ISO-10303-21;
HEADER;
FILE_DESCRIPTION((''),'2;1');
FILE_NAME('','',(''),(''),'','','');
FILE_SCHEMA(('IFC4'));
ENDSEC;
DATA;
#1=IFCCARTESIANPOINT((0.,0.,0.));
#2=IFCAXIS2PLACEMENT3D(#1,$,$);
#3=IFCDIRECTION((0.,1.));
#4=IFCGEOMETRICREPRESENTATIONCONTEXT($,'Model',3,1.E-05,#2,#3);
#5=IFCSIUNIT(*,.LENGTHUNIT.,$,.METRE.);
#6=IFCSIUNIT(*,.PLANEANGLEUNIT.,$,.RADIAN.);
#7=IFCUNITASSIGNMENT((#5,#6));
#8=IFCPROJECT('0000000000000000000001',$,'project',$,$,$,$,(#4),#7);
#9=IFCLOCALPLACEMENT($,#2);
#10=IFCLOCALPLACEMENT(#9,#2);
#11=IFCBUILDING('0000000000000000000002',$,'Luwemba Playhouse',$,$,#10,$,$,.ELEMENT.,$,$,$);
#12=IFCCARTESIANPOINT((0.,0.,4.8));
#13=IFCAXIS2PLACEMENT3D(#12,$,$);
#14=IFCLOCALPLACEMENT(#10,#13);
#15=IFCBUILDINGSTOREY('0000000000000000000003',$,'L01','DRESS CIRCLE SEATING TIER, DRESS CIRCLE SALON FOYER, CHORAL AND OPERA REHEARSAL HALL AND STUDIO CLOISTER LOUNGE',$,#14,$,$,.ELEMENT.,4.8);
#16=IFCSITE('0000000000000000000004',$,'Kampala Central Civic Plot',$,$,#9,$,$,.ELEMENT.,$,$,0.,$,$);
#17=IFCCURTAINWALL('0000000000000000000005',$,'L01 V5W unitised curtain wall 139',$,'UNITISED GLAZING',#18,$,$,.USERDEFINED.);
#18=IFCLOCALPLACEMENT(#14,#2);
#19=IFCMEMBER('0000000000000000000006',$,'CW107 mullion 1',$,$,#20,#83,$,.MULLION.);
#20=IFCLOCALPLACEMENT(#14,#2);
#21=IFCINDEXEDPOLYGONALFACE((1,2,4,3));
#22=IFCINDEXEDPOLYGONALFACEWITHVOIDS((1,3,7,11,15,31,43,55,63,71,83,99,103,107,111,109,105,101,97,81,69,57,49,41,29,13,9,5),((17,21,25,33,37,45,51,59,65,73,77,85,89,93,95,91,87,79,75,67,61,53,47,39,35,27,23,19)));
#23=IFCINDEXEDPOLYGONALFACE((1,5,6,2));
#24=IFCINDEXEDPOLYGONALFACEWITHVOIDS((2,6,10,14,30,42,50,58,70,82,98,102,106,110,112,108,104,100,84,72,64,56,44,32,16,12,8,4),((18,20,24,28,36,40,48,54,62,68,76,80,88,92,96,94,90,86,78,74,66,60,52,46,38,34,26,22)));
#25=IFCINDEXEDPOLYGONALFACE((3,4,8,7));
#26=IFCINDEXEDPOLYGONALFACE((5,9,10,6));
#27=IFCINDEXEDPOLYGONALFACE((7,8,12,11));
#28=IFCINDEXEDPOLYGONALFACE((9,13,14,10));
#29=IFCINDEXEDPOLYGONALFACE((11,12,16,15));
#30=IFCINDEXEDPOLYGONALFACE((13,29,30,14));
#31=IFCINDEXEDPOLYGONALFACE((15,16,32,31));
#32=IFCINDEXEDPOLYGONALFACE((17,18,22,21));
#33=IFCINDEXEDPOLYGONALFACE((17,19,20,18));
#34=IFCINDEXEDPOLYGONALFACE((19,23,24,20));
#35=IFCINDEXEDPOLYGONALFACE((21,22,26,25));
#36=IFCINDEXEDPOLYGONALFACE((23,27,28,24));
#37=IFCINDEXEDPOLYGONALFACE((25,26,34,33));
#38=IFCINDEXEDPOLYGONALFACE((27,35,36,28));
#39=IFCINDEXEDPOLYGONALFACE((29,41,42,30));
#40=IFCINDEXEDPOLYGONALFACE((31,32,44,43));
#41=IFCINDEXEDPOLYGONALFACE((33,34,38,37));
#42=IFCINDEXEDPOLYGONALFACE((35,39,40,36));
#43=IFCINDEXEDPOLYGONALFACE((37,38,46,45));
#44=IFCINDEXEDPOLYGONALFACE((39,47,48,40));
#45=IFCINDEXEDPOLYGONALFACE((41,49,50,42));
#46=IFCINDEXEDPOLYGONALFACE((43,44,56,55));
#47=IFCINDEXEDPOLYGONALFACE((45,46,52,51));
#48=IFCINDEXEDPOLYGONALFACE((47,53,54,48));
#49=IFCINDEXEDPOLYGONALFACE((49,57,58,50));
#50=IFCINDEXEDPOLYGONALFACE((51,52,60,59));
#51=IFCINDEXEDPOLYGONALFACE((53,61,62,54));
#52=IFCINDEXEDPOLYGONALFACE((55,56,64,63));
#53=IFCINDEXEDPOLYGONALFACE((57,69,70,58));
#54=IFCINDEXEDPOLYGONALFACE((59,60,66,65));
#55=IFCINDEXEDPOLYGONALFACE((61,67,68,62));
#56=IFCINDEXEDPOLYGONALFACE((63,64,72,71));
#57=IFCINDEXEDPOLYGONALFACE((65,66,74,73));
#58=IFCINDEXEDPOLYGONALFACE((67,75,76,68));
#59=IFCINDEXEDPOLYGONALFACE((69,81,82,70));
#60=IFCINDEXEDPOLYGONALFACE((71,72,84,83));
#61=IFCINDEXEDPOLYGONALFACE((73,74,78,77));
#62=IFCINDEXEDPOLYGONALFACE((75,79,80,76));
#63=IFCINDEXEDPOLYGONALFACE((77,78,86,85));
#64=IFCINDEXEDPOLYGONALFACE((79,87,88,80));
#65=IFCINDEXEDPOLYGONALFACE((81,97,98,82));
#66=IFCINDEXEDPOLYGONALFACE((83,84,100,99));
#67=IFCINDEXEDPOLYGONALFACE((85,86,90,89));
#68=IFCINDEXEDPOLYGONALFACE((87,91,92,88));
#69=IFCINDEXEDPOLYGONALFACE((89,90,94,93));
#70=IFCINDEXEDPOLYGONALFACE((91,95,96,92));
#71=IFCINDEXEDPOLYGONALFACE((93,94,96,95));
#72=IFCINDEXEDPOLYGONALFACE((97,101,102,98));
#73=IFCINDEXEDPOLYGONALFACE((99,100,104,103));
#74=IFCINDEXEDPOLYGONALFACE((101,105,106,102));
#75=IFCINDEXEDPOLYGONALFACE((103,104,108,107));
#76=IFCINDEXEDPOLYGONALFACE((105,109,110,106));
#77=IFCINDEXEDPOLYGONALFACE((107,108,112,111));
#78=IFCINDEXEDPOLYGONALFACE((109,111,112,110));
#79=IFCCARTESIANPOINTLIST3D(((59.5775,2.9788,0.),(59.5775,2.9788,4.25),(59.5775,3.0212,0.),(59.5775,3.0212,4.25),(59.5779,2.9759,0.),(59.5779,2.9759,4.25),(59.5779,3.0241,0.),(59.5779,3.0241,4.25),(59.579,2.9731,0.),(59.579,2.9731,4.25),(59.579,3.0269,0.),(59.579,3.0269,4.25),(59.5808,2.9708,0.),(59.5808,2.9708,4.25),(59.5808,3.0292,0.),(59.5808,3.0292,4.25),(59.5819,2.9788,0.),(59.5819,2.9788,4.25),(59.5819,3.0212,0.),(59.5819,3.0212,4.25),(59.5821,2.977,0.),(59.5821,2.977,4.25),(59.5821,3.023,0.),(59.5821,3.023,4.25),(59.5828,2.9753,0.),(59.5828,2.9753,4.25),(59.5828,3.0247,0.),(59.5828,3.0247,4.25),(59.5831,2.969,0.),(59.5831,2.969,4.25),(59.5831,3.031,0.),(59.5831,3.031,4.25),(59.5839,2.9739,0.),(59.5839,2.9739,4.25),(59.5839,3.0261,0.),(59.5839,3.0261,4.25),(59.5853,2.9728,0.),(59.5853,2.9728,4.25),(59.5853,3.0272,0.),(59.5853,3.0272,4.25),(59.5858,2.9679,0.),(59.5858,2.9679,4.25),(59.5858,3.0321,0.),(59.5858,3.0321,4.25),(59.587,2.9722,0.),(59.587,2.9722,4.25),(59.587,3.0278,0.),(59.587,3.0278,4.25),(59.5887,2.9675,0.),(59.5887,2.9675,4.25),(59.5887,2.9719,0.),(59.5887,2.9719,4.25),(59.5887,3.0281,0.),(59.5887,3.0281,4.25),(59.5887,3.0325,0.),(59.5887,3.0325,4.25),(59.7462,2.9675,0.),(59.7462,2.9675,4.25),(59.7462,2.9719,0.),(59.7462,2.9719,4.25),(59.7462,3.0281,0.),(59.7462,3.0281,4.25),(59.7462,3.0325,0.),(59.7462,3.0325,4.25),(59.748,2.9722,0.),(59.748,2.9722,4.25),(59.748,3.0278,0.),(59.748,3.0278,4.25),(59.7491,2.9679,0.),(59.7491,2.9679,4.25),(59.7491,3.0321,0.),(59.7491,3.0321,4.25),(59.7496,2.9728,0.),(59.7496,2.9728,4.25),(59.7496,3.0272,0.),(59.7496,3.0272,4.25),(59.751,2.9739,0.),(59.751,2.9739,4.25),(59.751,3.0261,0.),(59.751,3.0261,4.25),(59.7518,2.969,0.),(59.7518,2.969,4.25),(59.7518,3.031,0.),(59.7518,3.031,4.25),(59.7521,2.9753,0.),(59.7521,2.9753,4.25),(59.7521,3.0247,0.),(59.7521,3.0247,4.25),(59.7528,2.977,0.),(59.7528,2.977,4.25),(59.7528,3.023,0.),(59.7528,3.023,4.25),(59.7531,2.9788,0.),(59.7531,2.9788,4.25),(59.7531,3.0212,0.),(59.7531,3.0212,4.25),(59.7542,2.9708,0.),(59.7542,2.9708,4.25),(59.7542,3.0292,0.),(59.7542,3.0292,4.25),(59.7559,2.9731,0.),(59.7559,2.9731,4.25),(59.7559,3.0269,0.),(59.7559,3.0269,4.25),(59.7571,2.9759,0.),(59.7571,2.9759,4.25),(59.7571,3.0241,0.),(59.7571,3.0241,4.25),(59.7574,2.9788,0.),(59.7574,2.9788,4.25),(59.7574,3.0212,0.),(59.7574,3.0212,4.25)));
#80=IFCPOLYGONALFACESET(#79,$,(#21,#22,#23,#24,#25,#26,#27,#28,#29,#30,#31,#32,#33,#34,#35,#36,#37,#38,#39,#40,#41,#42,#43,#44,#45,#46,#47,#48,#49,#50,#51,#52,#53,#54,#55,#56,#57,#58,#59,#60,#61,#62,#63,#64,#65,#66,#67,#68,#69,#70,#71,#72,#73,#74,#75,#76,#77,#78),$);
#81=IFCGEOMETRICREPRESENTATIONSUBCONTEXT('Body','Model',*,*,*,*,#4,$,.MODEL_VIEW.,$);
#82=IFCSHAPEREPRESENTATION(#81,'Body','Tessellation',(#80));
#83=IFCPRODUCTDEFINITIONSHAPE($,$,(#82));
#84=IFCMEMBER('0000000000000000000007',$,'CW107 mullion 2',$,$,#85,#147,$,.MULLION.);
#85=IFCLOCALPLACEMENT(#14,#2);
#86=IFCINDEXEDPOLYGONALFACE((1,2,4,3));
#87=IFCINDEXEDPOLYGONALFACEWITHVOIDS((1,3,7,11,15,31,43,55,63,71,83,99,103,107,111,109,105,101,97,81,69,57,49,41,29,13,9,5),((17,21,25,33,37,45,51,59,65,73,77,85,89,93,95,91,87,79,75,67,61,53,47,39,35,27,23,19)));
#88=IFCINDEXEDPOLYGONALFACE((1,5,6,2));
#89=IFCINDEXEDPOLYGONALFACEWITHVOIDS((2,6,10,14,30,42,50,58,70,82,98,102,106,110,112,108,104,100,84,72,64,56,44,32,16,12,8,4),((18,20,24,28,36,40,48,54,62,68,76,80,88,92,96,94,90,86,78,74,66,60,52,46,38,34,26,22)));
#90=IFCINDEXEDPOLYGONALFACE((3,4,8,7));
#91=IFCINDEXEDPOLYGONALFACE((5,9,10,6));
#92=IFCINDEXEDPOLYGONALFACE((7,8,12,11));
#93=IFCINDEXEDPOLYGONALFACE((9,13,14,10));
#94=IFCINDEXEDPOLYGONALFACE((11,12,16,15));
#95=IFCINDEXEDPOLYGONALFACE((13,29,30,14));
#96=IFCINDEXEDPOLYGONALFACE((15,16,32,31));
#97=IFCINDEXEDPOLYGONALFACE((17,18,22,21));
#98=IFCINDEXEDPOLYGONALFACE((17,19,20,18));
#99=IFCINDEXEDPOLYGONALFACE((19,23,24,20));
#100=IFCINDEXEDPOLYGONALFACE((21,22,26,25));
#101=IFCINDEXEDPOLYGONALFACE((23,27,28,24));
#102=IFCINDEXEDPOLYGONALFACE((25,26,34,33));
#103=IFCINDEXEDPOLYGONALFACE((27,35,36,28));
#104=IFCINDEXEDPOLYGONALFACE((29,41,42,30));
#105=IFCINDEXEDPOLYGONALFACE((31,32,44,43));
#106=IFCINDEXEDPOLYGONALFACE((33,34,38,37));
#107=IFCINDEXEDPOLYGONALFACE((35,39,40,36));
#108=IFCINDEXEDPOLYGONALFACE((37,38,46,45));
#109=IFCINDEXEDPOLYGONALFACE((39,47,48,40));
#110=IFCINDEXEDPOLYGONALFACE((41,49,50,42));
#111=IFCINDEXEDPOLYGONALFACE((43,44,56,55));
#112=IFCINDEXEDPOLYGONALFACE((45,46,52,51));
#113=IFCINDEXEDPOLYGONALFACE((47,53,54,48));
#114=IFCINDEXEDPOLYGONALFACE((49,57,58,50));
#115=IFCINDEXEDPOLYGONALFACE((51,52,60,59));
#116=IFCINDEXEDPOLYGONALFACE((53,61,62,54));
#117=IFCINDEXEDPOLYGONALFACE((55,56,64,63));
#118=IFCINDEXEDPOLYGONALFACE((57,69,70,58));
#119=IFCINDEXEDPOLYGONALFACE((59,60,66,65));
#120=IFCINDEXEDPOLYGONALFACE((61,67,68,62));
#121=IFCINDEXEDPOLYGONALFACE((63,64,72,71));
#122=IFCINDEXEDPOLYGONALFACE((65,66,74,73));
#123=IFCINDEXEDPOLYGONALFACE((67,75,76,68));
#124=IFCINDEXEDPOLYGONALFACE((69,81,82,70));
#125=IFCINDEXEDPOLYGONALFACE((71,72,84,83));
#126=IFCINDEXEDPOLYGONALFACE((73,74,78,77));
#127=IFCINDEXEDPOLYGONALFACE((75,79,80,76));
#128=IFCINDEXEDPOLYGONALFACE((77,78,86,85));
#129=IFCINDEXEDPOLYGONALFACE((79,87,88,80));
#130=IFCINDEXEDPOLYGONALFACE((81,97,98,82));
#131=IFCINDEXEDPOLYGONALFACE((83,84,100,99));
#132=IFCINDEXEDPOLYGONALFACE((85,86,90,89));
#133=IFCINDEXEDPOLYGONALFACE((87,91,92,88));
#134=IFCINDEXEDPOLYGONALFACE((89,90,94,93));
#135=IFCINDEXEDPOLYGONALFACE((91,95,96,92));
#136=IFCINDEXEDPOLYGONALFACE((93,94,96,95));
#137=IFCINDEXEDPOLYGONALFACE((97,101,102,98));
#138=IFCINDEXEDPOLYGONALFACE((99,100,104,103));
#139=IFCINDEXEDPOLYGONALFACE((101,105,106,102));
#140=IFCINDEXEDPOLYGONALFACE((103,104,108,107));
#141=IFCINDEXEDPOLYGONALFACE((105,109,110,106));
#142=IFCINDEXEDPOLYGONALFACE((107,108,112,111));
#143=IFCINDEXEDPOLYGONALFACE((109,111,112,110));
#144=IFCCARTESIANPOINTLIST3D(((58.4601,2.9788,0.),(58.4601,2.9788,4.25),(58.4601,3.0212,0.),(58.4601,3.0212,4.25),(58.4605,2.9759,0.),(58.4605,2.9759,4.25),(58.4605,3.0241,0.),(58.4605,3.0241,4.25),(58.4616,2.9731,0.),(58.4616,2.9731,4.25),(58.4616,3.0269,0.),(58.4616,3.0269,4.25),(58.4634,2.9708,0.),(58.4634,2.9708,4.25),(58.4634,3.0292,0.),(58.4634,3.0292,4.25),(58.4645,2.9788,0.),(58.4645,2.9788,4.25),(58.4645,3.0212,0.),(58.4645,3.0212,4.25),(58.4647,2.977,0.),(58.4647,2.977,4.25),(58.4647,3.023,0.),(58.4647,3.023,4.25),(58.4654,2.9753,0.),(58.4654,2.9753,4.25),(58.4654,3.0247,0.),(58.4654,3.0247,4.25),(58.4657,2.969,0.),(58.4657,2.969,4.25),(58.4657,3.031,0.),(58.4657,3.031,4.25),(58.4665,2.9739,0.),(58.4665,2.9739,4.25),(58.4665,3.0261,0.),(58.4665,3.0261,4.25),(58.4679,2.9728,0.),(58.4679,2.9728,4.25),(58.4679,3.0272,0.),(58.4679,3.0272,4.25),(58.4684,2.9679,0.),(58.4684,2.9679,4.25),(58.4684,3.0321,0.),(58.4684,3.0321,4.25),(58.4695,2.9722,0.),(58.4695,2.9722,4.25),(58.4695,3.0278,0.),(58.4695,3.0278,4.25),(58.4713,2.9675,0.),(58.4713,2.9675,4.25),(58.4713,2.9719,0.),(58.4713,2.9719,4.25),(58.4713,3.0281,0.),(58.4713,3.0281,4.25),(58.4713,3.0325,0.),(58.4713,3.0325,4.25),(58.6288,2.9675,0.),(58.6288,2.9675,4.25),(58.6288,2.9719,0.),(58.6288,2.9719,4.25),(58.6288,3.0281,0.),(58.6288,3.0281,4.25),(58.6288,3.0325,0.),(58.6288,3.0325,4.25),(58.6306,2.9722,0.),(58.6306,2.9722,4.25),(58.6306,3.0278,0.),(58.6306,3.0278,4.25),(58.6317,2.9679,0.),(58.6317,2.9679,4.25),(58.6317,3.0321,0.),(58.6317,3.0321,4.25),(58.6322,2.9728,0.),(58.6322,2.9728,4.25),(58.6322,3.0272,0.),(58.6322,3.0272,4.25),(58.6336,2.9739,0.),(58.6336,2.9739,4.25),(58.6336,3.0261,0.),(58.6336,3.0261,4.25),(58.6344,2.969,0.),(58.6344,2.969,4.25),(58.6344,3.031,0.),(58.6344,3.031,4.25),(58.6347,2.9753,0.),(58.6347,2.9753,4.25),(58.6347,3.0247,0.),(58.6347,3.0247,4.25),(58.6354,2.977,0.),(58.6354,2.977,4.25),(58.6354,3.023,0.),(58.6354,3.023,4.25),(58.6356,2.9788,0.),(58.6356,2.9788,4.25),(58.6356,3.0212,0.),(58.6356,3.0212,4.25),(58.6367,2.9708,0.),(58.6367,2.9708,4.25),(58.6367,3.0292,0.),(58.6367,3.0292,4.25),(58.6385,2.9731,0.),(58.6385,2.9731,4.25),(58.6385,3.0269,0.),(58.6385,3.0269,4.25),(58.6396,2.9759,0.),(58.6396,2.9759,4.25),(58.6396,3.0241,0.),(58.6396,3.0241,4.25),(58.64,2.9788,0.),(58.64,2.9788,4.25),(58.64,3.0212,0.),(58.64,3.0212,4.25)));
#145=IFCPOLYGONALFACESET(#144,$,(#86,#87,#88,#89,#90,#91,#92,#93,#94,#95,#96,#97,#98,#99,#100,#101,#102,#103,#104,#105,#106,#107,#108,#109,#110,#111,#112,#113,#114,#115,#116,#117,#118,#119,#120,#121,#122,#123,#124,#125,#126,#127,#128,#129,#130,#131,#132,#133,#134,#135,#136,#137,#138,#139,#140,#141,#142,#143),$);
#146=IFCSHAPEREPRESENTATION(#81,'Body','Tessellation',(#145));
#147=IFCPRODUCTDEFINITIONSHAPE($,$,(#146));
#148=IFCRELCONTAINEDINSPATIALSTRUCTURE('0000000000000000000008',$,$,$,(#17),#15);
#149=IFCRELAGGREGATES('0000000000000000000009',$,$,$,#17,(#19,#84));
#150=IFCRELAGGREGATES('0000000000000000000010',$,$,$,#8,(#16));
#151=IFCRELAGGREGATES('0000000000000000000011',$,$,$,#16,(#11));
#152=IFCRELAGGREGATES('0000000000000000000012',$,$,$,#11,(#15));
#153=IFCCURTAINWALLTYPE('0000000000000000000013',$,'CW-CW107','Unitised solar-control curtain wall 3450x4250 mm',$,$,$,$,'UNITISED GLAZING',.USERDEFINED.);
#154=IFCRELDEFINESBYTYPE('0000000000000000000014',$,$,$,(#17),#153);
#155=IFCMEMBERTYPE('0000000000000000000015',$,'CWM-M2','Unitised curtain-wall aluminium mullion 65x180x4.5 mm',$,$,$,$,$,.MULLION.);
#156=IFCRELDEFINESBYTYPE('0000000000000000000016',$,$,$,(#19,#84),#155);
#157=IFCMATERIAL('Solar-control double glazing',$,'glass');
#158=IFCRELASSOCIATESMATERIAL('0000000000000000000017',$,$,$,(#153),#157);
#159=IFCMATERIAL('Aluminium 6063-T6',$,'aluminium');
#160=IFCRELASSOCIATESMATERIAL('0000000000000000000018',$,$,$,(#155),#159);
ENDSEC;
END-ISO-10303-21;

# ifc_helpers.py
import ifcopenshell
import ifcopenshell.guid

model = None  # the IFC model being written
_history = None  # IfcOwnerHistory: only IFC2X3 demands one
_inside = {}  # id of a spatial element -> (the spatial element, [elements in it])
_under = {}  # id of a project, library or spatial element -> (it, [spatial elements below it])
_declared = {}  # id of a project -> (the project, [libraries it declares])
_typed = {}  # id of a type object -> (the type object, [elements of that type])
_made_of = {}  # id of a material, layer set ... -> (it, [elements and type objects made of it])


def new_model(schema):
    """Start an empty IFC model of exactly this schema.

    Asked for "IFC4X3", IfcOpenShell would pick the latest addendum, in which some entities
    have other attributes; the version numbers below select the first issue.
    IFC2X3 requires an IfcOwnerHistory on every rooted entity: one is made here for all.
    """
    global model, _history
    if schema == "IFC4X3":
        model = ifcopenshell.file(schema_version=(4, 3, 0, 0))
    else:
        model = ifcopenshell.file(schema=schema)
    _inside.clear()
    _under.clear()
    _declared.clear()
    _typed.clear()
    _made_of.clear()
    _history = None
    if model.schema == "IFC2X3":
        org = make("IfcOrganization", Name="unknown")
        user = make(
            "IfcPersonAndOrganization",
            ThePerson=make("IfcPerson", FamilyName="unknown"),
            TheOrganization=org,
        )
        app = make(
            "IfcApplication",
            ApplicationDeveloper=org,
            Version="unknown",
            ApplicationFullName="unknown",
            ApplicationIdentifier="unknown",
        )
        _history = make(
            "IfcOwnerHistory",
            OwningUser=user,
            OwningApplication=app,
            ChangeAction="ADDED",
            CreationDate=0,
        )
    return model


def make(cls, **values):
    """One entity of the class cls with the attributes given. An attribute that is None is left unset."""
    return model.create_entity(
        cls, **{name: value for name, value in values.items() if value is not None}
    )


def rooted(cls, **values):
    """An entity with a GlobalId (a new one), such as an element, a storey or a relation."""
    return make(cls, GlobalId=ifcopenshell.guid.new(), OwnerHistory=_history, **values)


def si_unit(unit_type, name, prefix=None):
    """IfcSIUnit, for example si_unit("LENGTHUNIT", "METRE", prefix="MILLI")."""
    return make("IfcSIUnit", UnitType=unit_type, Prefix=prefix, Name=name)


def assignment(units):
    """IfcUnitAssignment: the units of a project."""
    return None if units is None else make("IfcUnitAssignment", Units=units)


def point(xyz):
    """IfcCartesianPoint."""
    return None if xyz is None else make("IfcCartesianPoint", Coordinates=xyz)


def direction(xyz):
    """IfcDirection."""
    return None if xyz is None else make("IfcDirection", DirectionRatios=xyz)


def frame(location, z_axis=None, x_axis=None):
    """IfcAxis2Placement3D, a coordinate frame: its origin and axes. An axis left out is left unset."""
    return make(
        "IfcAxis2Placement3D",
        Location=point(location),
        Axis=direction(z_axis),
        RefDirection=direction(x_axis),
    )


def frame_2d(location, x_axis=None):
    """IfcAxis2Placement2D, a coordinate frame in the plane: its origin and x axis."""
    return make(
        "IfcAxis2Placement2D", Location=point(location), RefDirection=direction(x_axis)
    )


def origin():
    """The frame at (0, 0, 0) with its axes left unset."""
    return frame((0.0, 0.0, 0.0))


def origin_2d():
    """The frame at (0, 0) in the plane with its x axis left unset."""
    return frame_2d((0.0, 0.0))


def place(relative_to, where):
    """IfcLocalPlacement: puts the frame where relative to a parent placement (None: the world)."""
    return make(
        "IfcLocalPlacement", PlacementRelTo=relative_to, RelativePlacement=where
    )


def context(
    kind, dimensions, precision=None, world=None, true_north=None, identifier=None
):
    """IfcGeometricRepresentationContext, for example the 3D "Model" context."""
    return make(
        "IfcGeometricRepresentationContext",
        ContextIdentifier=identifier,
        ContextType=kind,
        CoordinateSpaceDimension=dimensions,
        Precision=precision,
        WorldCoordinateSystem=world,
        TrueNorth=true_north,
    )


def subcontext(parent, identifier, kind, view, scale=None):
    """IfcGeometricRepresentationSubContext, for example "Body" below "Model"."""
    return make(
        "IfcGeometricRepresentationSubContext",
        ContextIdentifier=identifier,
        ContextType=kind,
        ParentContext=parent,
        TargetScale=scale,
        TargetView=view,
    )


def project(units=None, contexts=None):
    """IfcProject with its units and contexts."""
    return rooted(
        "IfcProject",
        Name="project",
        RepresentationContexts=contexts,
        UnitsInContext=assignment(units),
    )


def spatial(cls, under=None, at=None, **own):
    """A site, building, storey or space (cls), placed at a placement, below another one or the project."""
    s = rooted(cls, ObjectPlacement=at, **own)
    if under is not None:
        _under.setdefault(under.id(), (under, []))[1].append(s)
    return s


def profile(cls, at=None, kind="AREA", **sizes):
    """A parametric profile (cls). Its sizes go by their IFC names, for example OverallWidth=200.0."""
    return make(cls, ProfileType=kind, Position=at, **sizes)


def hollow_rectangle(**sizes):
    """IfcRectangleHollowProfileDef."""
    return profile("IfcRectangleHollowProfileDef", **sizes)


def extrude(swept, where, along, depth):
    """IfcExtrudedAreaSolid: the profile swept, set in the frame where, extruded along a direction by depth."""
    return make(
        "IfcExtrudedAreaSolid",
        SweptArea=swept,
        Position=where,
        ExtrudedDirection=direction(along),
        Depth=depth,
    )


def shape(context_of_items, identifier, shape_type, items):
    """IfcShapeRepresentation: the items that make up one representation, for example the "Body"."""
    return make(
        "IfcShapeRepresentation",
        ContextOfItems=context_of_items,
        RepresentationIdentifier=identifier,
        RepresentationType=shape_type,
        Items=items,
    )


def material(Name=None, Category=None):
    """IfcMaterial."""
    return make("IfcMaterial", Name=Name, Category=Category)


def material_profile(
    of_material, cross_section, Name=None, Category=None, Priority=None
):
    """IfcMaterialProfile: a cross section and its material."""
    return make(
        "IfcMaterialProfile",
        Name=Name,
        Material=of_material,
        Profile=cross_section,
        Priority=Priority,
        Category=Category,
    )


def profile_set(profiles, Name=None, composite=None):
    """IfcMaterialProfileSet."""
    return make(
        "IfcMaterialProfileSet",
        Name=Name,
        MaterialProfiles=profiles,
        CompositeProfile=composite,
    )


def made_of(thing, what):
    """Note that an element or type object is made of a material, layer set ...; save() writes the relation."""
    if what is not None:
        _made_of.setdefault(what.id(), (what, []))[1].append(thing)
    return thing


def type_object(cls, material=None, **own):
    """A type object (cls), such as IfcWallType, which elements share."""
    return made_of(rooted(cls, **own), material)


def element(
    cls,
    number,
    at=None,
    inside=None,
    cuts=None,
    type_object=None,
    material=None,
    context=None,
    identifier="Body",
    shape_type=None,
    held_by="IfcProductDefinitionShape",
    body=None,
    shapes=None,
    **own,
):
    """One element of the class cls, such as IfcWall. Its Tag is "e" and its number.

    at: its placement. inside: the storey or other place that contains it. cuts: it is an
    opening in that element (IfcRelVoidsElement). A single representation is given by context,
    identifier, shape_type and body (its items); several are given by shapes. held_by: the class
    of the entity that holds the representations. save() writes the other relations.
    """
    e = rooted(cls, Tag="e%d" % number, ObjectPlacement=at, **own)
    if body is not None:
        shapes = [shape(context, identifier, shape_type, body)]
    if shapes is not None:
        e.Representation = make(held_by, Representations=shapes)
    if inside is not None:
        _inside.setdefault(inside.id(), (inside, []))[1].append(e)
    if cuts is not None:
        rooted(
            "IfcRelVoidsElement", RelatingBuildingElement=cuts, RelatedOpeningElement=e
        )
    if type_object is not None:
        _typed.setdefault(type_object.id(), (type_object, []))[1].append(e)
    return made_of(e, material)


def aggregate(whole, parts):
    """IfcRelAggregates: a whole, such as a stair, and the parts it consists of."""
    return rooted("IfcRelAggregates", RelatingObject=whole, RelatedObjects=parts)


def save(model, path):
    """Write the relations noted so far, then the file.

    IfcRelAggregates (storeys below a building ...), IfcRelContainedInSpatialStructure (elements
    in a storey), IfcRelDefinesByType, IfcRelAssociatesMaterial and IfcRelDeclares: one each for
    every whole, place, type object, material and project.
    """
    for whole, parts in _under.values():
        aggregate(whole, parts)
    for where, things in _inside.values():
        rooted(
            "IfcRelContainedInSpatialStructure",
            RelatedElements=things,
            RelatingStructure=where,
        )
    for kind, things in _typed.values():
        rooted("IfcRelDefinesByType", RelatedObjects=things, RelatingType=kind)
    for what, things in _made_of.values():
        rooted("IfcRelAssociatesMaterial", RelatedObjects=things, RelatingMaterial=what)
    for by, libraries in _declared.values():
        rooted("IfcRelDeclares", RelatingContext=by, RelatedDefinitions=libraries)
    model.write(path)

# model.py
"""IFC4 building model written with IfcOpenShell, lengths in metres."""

from ifc_helpers import new_model, si_unit, direction, frame, origin, origin_2d, place, context, subcontext, project, spatial, hollow_rectangle, extrude, material, material_profile, profile_set, type_object, element, aggregate, save


model = new_model("IFC4")

# Units and contexts
model_context = context("Model", 3, precision=1e-05, world=origin(), true_north=direction((0.0, 1.0)))
body_context = subcontext(model_context, "Body", "Model", "MODEL_VIEW")
ifc_project = project(units=[si_unit("LENGTHUNIT", "METRE"), si_unit("PLANEANGLEUNIT", "RADIAN")], contexts=[model_context])

# Site, building, storey
site_placement = place(None, origin())
site = spatial("IfcSite", under=ifc_project, at=site_placement, Name="Kampala Central Civic Plot", CompositionType="ELEMENT", RefElevation=0.0)
building_placement = place(site_placement, origin())
building = spatial("IfcBuilding", under=site, at=building_placement, Name="Luwemba Playhouse", CompositionType="ELEMENT")
storey_placement = place(building_placement, frame((0.0, 0.0, 4.8)))
storey = spatial("IfcBuildingStorey", under=building, at=storey_placement, Name="L01", Description="DRESS CIRCLE SEATING TIER, DRESS CIRCLE SALON FOYER, CHORAL AND OPERA REHEARSAL HALL AND STUDIO CLOISTER LOUNGE", CompositionType="ELEMENT", Elevation=4.8)

# Curtain wall, members
ifc_material_1 = material(Name="Solar-control double glazing", Category="glass")
ifc_material_2 = material(Name="Aluminium 6063-T6", Category="aluminium")
curtain_wall_type_1 = type_object("IfcCurtainWallType", Name="CW-CW107", Description="Unitised solar-control curtain wall 3450x4250 mm", ElementType="UNITISED GLAZING", PredefinedType="USERDEFINED", material=ifc_material_1)
curtain_wall_1_placement = place(storey_placement, origin())
curtain_wall_1 = element("IfcCurtainWall", 1, at=curtain_wall_1_placement, inside=storey, type_object=curtain_wall_type_1, Name="L01 V5W unitised curtain wall 139", ObjectType="UNITISED GLAZING", PredefinedType="USERDEFINED")
ifc_material_profile_1 = material_profile(ifc_material_2, hollow_rectangle(XDim=0.0649, YDim=0.1799, WallThickness=0.0044, InnerFilletRadius=0.0068, OuterFilletRadius=0.0112, at=origin_2d()))
ifc_profile_set_1 = profile_set([ifc_material_profile_1], Name="Aluminium 6063-T6")
member_type_1 = type_object("IfcMemberType", Name="CWM-M2", Description="Unitised curtain-wall aluminium mullion 65x180x4.5 mm", PredefinedType="MULLION", material=ifc_profile_set_1)
member_1_placement = place(storey_placement, frame((59.6675, 3.0, 0.0), z_axis=(0.0, 0.0, 1.0), x_axis=(0.0, -1.0, 0.0)))
member_1 = element("IfcMember", 2, at=member_1_placement, type_object=member_type_1, Name="CW107 mullion 1", PredefinedType="MULLION", context=body_context, shape_type="SweptSolid", body=[
    extrude(hollow_rectangle(XDim=0.0649, YDim=0.1799, WallThickness=0.0044, InnerFilletRadius=0.0068, OuterFilletRadius=0.0112, at=origin_2d()), origin(), (0.0, 0.0, 1.0), 4.25),
])
member_2_placement = place(storey_placement, frame((58.55, 3.0, 0.0), z_axis=(0.0, 0.0, 1.0), x_axis=(0.0, -1.0, 0.0)))
member_2 = element("IfcMember", 3, at=member_2_placement, type_object=member_type_1, Name="CW107 mullion 2", PredefinedType="MULLION", context=body_context, shape_type="SweptSolid", body=[
    extrude(hollow_rectangle(XDim=0.0649, YDim=0.1799, WallThickness=0.0044, InnerFilletRadius=0.0068, OuterFilletRadius=0.0112, at=origin_2d()), origin(), (0.0, 0.0, 1.0), 4.25),
])

aggregate(curtain_wall_1, [member_1, member_2])

save(model, "model.ifc")
